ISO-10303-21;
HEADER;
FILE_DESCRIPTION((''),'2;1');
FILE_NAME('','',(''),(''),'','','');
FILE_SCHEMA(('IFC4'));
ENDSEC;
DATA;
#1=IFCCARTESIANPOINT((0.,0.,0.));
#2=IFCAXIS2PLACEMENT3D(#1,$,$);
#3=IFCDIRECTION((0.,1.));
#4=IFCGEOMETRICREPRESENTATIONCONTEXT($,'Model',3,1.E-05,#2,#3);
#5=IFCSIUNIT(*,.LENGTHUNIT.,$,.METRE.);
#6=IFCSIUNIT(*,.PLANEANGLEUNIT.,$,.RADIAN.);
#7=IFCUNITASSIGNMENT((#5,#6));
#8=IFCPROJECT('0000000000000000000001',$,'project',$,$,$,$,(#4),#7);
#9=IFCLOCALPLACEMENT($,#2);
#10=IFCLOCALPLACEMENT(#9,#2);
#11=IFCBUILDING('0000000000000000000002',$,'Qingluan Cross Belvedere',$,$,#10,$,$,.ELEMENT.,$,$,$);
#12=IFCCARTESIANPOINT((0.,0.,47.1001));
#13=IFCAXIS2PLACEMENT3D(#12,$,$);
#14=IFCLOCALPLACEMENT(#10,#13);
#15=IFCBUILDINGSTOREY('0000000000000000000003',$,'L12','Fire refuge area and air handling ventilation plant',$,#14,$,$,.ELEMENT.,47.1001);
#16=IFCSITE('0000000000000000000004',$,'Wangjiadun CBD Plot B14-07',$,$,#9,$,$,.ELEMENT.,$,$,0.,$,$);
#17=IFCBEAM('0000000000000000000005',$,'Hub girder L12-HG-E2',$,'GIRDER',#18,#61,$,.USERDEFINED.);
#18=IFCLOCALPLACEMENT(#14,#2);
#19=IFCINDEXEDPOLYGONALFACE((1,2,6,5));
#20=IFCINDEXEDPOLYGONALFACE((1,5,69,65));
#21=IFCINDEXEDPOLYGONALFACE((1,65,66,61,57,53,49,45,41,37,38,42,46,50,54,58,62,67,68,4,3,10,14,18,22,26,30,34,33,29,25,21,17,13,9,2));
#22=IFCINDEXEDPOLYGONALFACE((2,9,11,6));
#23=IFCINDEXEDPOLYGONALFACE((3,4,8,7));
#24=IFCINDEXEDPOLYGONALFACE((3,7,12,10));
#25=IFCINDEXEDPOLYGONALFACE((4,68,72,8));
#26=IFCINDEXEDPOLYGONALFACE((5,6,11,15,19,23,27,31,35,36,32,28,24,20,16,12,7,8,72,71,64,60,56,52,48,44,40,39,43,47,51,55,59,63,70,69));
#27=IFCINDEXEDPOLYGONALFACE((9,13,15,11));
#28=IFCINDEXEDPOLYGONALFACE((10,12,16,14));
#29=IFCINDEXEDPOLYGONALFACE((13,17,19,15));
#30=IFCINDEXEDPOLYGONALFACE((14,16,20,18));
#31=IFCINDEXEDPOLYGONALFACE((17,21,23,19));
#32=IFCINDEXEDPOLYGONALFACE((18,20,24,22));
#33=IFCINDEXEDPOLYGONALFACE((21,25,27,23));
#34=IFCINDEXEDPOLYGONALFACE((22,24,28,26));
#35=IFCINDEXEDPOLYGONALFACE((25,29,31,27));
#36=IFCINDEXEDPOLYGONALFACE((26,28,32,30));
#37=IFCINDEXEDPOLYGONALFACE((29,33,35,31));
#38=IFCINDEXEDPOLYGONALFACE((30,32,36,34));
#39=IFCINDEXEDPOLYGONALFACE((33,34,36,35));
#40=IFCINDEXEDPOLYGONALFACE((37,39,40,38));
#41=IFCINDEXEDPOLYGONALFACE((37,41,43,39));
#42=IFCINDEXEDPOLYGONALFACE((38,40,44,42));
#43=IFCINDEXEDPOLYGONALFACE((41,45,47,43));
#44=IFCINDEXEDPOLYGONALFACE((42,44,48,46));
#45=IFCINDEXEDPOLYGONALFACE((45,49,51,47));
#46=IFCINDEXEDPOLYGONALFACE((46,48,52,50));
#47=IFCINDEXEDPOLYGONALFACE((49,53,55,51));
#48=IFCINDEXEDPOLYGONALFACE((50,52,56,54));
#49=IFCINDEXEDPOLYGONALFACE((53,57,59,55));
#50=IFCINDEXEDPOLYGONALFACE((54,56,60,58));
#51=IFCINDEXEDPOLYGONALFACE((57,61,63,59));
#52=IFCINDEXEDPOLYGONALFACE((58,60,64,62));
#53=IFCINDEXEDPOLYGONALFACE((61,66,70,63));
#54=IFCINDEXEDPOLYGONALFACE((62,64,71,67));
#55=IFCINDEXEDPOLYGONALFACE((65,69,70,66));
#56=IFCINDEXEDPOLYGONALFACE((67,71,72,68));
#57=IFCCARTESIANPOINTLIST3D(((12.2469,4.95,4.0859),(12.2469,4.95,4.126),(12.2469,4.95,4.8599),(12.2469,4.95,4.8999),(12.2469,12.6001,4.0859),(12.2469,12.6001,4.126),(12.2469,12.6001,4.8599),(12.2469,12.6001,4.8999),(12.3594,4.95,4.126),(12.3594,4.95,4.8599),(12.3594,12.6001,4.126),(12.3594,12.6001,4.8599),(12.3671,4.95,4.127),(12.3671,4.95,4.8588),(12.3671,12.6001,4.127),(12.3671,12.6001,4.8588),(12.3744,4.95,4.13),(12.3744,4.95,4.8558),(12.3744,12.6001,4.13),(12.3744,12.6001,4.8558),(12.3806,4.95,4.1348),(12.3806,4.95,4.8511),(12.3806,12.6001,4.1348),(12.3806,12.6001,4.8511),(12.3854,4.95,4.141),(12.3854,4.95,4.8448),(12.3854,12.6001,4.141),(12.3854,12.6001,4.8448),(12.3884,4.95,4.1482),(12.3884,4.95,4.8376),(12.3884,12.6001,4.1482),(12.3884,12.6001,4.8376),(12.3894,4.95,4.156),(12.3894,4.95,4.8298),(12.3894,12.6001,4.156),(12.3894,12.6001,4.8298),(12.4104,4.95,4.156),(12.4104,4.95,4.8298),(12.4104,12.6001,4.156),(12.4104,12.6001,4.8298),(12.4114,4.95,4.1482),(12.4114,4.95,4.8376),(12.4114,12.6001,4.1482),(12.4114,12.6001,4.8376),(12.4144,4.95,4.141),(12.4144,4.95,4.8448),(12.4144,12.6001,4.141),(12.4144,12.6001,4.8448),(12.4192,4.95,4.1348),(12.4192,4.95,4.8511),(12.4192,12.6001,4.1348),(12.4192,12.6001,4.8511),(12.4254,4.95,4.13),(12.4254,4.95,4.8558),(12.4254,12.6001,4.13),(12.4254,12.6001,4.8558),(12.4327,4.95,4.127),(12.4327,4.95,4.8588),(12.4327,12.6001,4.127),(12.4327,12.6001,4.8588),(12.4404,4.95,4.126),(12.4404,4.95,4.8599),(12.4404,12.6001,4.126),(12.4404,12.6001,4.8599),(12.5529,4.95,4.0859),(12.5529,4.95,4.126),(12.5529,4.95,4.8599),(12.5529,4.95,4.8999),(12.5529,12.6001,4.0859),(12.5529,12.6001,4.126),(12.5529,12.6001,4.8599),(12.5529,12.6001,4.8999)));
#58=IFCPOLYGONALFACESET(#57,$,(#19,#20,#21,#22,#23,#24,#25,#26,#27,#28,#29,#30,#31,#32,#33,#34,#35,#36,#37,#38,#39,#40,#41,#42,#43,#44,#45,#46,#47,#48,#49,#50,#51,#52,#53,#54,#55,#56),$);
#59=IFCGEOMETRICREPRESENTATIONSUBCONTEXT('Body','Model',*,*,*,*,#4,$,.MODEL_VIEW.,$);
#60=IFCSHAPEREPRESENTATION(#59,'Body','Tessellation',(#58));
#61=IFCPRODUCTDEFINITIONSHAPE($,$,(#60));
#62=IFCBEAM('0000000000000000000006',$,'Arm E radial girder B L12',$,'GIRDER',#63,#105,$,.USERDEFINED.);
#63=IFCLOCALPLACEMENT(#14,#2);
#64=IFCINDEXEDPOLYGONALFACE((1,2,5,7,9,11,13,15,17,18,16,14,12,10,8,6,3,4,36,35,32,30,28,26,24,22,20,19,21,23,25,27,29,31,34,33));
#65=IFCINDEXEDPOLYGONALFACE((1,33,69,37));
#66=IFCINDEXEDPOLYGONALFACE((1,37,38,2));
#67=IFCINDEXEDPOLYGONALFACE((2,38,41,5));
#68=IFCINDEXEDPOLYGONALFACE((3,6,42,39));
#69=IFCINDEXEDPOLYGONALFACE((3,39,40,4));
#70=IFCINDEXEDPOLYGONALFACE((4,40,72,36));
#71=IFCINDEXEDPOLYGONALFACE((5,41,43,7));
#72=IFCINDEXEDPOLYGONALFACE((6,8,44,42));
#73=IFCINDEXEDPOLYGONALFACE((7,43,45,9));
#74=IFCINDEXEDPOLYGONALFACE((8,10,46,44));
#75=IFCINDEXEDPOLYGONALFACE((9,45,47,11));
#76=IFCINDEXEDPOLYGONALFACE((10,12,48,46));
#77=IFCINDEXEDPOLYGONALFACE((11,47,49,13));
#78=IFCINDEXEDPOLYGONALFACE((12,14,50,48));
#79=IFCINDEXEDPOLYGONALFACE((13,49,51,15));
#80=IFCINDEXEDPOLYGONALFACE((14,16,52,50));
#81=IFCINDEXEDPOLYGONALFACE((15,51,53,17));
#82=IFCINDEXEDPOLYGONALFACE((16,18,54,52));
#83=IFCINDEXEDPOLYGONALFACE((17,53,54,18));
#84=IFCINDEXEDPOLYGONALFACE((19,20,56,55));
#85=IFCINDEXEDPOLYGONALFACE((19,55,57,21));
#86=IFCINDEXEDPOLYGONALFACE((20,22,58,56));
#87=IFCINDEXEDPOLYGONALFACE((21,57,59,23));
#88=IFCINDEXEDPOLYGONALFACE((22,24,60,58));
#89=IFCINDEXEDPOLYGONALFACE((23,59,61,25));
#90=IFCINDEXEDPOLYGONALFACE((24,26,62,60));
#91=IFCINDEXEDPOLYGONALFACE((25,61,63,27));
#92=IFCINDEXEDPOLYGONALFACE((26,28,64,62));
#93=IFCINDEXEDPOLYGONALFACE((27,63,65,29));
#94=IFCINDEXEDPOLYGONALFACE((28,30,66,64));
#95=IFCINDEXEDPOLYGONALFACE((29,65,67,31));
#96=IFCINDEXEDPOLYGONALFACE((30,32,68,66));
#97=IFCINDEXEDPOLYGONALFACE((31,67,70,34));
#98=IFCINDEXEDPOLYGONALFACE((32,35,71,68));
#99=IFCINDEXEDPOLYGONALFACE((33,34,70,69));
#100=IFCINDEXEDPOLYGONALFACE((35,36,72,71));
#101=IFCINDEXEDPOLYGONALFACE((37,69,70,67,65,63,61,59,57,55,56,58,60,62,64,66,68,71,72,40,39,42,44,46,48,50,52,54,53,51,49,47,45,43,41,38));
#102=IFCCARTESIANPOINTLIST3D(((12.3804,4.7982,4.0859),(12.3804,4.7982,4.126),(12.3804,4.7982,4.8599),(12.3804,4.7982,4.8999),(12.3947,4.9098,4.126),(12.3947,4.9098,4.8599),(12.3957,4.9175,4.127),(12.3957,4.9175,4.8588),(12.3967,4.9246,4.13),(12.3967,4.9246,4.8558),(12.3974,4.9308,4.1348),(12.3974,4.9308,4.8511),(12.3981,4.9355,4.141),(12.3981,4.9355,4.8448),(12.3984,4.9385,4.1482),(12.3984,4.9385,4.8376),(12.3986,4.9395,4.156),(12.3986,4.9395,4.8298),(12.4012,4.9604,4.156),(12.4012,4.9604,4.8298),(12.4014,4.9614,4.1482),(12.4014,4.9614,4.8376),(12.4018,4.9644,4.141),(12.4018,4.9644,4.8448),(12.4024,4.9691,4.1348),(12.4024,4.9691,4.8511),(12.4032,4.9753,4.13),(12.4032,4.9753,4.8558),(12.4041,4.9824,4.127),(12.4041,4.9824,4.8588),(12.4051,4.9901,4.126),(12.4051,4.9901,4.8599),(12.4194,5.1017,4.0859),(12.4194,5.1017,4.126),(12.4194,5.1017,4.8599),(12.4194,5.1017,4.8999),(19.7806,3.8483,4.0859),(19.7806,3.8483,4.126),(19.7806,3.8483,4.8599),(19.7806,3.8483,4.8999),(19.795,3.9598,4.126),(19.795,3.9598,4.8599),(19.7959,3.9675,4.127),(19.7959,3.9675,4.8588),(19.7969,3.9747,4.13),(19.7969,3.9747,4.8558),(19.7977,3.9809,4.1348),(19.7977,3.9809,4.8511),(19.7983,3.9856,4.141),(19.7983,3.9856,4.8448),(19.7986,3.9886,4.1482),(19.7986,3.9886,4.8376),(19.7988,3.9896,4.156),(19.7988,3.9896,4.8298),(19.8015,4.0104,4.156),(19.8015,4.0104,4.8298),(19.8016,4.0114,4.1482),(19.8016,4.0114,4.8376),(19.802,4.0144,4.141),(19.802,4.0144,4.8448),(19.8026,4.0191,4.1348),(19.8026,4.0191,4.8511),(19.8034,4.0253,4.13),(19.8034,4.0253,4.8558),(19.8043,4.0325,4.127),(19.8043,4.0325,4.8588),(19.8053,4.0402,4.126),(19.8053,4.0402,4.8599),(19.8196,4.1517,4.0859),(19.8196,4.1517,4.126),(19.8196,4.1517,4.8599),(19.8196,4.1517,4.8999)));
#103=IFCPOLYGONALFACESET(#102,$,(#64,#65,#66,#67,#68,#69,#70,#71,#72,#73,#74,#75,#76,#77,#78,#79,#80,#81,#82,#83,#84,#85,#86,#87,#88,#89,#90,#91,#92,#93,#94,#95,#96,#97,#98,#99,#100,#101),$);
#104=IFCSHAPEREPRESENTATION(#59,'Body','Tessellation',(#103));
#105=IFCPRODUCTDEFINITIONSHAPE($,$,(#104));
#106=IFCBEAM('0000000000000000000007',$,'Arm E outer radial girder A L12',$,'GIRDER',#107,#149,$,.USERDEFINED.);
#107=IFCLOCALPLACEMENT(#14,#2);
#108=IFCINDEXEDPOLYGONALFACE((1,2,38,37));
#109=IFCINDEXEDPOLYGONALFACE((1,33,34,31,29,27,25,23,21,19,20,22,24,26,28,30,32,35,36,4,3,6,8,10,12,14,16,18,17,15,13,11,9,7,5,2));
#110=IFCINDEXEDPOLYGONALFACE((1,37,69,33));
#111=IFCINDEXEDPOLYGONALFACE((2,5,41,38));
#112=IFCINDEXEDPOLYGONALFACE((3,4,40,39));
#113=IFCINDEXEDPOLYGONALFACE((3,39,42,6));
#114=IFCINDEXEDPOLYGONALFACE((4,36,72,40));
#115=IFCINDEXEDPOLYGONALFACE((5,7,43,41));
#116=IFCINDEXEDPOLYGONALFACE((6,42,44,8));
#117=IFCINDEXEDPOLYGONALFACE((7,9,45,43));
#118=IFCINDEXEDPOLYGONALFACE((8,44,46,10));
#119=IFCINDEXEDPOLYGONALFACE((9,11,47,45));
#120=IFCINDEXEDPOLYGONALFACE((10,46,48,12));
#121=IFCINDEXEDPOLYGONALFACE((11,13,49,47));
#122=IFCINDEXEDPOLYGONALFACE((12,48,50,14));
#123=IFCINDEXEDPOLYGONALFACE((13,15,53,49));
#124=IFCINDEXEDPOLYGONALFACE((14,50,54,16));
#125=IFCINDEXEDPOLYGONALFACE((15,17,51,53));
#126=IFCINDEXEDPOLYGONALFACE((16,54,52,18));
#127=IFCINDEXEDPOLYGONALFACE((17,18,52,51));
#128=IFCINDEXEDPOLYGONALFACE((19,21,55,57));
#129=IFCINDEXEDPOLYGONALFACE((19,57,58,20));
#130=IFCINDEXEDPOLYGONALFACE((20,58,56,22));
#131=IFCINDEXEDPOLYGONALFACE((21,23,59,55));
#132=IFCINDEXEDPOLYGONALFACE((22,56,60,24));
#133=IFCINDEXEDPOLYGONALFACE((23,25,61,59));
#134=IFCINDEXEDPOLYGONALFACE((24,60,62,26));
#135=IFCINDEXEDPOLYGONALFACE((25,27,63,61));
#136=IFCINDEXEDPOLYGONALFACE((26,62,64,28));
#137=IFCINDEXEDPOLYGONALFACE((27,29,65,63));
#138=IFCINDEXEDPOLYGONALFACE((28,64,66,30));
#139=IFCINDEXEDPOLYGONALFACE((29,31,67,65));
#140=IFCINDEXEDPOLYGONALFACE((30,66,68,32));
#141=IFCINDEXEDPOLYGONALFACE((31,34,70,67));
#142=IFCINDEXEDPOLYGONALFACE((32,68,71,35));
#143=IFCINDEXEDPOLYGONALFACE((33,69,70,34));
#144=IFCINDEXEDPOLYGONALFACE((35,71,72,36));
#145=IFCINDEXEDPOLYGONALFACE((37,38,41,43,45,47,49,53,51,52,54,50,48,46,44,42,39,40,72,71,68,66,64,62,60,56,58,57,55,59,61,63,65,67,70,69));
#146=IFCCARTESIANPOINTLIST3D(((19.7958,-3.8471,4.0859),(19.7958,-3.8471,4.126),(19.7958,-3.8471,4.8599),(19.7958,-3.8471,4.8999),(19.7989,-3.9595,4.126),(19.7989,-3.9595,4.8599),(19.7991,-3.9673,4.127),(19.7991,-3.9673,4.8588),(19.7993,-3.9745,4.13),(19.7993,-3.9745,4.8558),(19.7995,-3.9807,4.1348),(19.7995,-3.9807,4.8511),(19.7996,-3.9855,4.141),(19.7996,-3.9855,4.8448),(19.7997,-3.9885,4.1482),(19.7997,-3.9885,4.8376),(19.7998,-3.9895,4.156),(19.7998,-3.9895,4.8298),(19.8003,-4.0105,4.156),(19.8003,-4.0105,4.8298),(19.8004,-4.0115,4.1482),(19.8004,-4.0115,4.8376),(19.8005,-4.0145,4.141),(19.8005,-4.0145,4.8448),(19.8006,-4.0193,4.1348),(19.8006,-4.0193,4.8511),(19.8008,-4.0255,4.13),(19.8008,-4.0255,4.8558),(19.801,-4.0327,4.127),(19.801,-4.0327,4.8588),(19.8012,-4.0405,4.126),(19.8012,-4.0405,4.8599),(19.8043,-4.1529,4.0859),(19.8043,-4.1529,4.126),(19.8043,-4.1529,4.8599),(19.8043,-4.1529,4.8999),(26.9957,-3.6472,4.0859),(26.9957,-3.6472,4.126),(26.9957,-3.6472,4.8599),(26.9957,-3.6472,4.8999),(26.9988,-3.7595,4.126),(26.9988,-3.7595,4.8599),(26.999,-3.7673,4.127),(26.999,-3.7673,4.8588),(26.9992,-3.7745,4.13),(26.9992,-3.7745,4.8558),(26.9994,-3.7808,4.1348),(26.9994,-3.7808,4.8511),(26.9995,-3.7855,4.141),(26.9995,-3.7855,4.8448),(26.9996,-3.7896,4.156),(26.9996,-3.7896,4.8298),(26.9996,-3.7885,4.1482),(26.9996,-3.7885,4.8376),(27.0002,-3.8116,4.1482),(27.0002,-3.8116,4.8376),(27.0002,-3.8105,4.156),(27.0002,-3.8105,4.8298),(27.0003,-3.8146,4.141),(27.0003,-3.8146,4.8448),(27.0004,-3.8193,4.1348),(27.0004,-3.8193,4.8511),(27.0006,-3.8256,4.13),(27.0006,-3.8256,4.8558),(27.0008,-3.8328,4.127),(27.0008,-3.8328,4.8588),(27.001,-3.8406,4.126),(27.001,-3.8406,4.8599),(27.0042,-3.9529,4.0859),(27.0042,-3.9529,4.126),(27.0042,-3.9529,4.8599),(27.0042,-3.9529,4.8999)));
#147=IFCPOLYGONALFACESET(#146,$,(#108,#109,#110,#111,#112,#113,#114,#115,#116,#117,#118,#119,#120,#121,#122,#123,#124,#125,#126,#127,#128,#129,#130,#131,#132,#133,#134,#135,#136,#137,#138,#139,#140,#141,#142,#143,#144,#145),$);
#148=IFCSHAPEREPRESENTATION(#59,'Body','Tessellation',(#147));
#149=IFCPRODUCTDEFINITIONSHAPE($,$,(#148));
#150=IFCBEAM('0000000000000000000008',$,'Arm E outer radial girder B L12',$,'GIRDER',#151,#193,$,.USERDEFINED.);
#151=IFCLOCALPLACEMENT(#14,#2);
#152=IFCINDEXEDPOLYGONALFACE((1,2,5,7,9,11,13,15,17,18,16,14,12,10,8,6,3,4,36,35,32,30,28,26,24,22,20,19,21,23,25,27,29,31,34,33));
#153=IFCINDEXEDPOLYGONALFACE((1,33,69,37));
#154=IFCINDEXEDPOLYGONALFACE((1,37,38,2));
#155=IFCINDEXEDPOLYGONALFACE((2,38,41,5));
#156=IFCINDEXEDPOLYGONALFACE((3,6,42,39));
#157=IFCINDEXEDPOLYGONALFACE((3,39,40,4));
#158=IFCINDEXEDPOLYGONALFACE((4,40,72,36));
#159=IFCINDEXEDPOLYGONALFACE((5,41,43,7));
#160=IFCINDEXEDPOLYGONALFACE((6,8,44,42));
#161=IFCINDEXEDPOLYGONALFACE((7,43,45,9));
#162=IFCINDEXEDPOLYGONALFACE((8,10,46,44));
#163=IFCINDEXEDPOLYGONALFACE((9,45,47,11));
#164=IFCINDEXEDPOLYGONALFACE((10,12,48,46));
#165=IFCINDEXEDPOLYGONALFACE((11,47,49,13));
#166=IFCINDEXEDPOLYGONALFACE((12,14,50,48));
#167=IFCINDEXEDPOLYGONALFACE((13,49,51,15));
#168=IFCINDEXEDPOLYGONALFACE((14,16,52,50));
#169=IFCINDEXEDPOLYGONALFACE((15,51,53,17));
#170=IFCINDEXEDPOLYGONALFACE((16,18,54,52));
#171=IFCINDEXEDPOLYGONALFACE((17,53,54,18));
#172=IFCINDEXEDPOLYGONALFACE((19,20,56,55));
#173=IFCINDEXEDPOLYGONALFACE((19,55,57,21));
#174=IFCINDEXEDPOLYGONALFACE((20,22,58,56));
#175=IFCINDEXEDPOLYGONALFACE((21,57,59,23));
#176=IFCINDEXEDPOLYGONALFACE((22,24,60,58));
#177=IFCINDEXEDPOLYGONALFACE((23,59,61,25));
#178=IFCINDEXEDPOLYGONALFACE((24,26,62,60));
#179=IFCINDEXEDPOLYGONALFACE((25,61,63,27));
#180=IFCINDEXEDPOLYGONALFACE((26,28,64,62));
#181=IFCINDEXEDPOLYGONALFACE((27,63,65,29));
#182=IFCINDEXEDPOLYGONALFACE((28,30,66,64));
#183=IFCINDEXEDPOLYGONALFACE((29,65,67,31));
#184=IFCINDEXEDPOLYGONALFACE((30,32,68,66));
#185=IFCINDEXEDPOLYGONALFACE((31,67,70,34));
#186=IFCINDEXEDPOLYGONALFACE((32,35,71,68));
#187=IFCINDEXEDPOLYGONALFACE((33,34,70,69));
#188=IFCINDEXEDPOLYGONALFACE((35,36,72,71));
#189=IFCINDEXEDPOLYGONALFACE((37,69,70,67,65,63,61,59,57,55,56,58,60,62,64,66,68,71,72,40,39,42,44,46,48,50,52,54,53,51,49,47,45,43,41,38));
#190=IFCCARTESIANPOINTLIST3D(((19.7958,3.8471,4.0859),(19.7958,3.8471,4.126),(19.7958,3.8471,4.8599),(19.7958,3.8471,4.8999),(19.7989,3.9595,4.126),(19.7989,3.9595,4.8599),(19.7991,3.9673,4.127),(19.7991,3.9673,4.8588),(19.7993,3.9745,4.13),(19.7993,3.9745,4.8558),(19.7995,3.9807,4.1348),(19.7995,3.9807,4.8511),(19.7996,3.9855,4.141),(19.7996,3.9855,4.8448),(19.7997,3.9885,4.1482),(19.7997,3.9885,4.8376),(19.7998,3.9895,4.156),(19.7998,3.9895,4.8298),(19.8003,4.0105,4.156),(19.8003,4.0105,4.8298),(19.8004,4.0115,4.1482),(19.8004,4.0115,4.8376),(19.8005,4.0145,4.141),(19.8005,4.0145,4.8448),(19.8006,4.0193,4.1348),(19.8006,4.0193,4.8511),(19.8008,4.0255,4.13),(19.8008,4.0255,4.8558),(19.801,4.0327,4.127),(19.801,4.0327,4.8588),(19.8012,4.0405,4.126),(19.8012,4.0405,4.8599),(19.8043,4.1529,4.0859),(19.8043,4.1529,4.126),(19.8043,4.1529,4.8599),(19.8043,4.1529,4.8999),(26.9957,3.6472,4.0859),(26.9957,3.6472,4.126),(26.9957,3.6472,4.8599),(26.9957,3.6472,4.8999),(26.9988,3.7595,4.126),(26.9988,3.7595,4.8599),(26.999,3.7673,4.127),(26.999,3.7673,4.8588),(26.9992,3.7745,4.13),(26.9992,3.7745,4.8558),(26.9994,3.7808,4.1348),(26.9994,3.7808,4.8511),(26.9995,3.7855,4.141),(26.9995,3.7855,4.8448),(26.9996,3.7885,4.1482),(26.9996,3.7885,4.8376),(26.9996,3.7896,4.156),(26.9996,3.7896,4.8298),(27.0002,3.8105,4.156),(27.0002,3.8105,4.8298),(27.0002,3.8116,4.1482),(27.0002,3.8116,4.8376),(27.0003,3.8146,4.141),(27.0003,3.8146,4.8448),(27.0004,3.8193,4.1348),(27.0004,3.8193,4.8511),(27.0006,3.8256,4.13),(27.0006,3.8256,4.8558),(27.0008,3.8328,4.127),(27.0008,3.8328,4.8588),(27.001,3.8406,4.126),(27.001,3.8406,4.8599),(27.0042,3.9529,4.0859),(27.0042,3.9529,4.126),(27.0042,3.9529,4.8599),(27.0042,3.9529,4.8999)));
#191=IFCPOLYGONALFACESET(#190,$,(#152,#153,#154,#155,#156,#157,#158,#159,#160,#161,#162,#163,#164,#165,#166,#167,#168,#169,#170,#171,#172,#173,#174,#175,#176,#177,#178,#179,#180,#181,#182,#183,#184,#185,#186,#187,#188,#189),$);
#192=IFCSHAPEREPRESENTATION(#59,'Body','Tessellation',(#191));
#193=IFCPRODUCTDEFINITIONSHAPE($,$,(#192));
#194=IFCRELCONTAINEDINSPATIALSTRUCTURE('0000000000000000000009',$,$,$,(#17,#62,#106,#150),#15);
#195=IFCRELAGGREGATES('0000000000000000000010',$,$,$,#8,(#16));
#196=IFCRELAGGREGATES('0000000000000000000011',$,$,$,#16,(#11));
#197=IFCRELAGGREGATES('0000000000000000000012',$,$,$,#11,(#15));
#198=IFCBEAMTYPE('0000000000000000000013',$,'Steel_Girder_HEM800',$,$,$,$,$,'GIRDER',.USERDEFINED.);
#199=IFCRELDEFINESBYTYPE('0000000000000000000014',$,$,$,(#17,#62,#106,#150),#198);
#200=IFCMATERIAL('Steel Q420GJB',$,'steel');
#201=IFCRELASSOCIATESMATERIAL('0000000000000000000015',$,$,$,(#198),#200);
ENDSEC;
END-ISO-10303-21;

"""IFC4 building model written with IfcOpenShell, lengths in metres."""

from ifc_helpers import new_model, si_unit, direction, frame, origin, origin_2d, place, context, subcontext, project, spatial, i_section, extrude, material, material_profile, profile_set, type_object, element, save


model = new_model("IFC4")

# Units and contexts
model_context = context("Model", 3, precision=1e-05, world=origin(), true_north=direction((0.0, 1.0)))
body_context = subcontext(model_context, "Body", "Model", "MODEL_VIEW")
ifc_project = project(units=[si_unit("LENGTHUNIT", "METRE"), si_unit("PLANEANGLEUNIT", "RADIAN")], contexts=[model_context])

# Site, building, storey
site_placement = place(None, origin())
site = spatial("IfcSite", under=ifc_project, at=site_placement, Name="Wangjiadun CBD Plot B14-07", CompositionType="ELEMENT", RefElevation=0.0)
building_placement = place(site_placement, origin())
building = spatial("IfcBuilding", under=site, at=building_placement, Name="Qingluan Cross Belvedere", CompositionType="ELEMENT")
storey_placement = place(building_placement, frame((0.0, 0.0, 47.1001)))
storey = spatial("IfcBuildingStorey", under=building, at=storey_placement, Name="L12", Description="Fire refuge area and air handling ventilation plant", CompositionType="ELEMENT", Elevation=47.1001)

# Beams
ifc_material_1 = material(Name="Steel Q420GJB", Category="steel")
ifc_material_profile_1 = material_profile(ifc_material_1, i_section(OverallWidth=0.3059, OverallDepth=0.814, WebThickness=0.021, FlangeThickness=0.04, FilletRadius=0.03, at=origin_2d()), Name="HEM800")
ifc_profile_set_1 = profile_set([ifc_material_profile_1], Name="Steel Q420GJB")
beam_type_1 = type_object("IfcBeamType", Name="Steel_Girder_HEM800", ElementType="GIRDER", PredefinedType="USERDEFINED", material=ifc_profile_set_1)
beam_1_placement = place(storey_placement, frame((12.3999, 4.95, 4.4929), z_axis=(0.0, 1.0, 0.0), x_axis=(-1.0, 0.0, 0.0)))
element("IfcBeam", 1, at=beam_1_placement, inside=storey, type_object=beam_type_1, Name="Hub girder L12-HG-E2", ObjectType="GIRDER", PredefinedType="USERDEFINED", context=body_context, shape_type="SweptSolid", body=[
    extrude(i_section(OverallWidth=0.3059, OverallDepth=0.814, WebThickness=0.021, FlangeThickness=0.04, FilletRadius=0.03, at=origin_2d()), origin(), (0.0, 0.0, 1.0), 7.6501),
])
beam_2_placement = place(storey_placement, frame((12.3999, 4.95, 4.4929), z_axis=(0.991861, -0.127324, 0.0), x_axis=(0.127324, 0.991861, 0.0)))
element("IfcBeam", 2, at=beam_2_placement, inside=storey, type_object=beam_type_1, Name="Arm E radial girder B L12", ObjectType="GIRDER", PredefinedType="USERDEFINED", context=body_context, shape_type="SweptSolid", body=[
    extrude(i_section(OverallWidth=0.3059, OverallDepth=0.814, WebThickness=0.021, FlangeThickness=0.04, FilletRadius=0.03, at=origin_2d()), origin(), (0.0, 0.0, 1.0), 7.4609),
])
for number, where, z_axis, x_axis, name in (
    (3, (19.8, -4.0, 4.4929), (0.999615, 0.02776, 0.0), (-0.02776, 0.999615, 0.0), "Arm E outer radial girder A L12"),
    (4, (19.8, 4.0, 4.4929), (0.999615, -0.02776, 0.0), (0.02776, 0.999615, 0.0), "Arm E outer radial girder B L12"),
):
    element("IfcBeam", number, at=place(storey_placement, frame(where, z_axis=z_axis, x_axis=x_axis)), inside=storey, type_object=beam_type_1, Name=name, ObjectType="GIRDER", PredefinedType="USERDEFINED", context=body_context, shape_type="SweptSolid", body=[
        extrude(i_section(OverallWidth=0.3059, OverallDepth=0.814, WebThickness=0.021, FlangeThickness=0.04, FilletRadius=0.03, at=origin_2d()), origin(), (0.0, 0.0, 1.0), 7.2026),
    ])

save(model, "model.ifc")
